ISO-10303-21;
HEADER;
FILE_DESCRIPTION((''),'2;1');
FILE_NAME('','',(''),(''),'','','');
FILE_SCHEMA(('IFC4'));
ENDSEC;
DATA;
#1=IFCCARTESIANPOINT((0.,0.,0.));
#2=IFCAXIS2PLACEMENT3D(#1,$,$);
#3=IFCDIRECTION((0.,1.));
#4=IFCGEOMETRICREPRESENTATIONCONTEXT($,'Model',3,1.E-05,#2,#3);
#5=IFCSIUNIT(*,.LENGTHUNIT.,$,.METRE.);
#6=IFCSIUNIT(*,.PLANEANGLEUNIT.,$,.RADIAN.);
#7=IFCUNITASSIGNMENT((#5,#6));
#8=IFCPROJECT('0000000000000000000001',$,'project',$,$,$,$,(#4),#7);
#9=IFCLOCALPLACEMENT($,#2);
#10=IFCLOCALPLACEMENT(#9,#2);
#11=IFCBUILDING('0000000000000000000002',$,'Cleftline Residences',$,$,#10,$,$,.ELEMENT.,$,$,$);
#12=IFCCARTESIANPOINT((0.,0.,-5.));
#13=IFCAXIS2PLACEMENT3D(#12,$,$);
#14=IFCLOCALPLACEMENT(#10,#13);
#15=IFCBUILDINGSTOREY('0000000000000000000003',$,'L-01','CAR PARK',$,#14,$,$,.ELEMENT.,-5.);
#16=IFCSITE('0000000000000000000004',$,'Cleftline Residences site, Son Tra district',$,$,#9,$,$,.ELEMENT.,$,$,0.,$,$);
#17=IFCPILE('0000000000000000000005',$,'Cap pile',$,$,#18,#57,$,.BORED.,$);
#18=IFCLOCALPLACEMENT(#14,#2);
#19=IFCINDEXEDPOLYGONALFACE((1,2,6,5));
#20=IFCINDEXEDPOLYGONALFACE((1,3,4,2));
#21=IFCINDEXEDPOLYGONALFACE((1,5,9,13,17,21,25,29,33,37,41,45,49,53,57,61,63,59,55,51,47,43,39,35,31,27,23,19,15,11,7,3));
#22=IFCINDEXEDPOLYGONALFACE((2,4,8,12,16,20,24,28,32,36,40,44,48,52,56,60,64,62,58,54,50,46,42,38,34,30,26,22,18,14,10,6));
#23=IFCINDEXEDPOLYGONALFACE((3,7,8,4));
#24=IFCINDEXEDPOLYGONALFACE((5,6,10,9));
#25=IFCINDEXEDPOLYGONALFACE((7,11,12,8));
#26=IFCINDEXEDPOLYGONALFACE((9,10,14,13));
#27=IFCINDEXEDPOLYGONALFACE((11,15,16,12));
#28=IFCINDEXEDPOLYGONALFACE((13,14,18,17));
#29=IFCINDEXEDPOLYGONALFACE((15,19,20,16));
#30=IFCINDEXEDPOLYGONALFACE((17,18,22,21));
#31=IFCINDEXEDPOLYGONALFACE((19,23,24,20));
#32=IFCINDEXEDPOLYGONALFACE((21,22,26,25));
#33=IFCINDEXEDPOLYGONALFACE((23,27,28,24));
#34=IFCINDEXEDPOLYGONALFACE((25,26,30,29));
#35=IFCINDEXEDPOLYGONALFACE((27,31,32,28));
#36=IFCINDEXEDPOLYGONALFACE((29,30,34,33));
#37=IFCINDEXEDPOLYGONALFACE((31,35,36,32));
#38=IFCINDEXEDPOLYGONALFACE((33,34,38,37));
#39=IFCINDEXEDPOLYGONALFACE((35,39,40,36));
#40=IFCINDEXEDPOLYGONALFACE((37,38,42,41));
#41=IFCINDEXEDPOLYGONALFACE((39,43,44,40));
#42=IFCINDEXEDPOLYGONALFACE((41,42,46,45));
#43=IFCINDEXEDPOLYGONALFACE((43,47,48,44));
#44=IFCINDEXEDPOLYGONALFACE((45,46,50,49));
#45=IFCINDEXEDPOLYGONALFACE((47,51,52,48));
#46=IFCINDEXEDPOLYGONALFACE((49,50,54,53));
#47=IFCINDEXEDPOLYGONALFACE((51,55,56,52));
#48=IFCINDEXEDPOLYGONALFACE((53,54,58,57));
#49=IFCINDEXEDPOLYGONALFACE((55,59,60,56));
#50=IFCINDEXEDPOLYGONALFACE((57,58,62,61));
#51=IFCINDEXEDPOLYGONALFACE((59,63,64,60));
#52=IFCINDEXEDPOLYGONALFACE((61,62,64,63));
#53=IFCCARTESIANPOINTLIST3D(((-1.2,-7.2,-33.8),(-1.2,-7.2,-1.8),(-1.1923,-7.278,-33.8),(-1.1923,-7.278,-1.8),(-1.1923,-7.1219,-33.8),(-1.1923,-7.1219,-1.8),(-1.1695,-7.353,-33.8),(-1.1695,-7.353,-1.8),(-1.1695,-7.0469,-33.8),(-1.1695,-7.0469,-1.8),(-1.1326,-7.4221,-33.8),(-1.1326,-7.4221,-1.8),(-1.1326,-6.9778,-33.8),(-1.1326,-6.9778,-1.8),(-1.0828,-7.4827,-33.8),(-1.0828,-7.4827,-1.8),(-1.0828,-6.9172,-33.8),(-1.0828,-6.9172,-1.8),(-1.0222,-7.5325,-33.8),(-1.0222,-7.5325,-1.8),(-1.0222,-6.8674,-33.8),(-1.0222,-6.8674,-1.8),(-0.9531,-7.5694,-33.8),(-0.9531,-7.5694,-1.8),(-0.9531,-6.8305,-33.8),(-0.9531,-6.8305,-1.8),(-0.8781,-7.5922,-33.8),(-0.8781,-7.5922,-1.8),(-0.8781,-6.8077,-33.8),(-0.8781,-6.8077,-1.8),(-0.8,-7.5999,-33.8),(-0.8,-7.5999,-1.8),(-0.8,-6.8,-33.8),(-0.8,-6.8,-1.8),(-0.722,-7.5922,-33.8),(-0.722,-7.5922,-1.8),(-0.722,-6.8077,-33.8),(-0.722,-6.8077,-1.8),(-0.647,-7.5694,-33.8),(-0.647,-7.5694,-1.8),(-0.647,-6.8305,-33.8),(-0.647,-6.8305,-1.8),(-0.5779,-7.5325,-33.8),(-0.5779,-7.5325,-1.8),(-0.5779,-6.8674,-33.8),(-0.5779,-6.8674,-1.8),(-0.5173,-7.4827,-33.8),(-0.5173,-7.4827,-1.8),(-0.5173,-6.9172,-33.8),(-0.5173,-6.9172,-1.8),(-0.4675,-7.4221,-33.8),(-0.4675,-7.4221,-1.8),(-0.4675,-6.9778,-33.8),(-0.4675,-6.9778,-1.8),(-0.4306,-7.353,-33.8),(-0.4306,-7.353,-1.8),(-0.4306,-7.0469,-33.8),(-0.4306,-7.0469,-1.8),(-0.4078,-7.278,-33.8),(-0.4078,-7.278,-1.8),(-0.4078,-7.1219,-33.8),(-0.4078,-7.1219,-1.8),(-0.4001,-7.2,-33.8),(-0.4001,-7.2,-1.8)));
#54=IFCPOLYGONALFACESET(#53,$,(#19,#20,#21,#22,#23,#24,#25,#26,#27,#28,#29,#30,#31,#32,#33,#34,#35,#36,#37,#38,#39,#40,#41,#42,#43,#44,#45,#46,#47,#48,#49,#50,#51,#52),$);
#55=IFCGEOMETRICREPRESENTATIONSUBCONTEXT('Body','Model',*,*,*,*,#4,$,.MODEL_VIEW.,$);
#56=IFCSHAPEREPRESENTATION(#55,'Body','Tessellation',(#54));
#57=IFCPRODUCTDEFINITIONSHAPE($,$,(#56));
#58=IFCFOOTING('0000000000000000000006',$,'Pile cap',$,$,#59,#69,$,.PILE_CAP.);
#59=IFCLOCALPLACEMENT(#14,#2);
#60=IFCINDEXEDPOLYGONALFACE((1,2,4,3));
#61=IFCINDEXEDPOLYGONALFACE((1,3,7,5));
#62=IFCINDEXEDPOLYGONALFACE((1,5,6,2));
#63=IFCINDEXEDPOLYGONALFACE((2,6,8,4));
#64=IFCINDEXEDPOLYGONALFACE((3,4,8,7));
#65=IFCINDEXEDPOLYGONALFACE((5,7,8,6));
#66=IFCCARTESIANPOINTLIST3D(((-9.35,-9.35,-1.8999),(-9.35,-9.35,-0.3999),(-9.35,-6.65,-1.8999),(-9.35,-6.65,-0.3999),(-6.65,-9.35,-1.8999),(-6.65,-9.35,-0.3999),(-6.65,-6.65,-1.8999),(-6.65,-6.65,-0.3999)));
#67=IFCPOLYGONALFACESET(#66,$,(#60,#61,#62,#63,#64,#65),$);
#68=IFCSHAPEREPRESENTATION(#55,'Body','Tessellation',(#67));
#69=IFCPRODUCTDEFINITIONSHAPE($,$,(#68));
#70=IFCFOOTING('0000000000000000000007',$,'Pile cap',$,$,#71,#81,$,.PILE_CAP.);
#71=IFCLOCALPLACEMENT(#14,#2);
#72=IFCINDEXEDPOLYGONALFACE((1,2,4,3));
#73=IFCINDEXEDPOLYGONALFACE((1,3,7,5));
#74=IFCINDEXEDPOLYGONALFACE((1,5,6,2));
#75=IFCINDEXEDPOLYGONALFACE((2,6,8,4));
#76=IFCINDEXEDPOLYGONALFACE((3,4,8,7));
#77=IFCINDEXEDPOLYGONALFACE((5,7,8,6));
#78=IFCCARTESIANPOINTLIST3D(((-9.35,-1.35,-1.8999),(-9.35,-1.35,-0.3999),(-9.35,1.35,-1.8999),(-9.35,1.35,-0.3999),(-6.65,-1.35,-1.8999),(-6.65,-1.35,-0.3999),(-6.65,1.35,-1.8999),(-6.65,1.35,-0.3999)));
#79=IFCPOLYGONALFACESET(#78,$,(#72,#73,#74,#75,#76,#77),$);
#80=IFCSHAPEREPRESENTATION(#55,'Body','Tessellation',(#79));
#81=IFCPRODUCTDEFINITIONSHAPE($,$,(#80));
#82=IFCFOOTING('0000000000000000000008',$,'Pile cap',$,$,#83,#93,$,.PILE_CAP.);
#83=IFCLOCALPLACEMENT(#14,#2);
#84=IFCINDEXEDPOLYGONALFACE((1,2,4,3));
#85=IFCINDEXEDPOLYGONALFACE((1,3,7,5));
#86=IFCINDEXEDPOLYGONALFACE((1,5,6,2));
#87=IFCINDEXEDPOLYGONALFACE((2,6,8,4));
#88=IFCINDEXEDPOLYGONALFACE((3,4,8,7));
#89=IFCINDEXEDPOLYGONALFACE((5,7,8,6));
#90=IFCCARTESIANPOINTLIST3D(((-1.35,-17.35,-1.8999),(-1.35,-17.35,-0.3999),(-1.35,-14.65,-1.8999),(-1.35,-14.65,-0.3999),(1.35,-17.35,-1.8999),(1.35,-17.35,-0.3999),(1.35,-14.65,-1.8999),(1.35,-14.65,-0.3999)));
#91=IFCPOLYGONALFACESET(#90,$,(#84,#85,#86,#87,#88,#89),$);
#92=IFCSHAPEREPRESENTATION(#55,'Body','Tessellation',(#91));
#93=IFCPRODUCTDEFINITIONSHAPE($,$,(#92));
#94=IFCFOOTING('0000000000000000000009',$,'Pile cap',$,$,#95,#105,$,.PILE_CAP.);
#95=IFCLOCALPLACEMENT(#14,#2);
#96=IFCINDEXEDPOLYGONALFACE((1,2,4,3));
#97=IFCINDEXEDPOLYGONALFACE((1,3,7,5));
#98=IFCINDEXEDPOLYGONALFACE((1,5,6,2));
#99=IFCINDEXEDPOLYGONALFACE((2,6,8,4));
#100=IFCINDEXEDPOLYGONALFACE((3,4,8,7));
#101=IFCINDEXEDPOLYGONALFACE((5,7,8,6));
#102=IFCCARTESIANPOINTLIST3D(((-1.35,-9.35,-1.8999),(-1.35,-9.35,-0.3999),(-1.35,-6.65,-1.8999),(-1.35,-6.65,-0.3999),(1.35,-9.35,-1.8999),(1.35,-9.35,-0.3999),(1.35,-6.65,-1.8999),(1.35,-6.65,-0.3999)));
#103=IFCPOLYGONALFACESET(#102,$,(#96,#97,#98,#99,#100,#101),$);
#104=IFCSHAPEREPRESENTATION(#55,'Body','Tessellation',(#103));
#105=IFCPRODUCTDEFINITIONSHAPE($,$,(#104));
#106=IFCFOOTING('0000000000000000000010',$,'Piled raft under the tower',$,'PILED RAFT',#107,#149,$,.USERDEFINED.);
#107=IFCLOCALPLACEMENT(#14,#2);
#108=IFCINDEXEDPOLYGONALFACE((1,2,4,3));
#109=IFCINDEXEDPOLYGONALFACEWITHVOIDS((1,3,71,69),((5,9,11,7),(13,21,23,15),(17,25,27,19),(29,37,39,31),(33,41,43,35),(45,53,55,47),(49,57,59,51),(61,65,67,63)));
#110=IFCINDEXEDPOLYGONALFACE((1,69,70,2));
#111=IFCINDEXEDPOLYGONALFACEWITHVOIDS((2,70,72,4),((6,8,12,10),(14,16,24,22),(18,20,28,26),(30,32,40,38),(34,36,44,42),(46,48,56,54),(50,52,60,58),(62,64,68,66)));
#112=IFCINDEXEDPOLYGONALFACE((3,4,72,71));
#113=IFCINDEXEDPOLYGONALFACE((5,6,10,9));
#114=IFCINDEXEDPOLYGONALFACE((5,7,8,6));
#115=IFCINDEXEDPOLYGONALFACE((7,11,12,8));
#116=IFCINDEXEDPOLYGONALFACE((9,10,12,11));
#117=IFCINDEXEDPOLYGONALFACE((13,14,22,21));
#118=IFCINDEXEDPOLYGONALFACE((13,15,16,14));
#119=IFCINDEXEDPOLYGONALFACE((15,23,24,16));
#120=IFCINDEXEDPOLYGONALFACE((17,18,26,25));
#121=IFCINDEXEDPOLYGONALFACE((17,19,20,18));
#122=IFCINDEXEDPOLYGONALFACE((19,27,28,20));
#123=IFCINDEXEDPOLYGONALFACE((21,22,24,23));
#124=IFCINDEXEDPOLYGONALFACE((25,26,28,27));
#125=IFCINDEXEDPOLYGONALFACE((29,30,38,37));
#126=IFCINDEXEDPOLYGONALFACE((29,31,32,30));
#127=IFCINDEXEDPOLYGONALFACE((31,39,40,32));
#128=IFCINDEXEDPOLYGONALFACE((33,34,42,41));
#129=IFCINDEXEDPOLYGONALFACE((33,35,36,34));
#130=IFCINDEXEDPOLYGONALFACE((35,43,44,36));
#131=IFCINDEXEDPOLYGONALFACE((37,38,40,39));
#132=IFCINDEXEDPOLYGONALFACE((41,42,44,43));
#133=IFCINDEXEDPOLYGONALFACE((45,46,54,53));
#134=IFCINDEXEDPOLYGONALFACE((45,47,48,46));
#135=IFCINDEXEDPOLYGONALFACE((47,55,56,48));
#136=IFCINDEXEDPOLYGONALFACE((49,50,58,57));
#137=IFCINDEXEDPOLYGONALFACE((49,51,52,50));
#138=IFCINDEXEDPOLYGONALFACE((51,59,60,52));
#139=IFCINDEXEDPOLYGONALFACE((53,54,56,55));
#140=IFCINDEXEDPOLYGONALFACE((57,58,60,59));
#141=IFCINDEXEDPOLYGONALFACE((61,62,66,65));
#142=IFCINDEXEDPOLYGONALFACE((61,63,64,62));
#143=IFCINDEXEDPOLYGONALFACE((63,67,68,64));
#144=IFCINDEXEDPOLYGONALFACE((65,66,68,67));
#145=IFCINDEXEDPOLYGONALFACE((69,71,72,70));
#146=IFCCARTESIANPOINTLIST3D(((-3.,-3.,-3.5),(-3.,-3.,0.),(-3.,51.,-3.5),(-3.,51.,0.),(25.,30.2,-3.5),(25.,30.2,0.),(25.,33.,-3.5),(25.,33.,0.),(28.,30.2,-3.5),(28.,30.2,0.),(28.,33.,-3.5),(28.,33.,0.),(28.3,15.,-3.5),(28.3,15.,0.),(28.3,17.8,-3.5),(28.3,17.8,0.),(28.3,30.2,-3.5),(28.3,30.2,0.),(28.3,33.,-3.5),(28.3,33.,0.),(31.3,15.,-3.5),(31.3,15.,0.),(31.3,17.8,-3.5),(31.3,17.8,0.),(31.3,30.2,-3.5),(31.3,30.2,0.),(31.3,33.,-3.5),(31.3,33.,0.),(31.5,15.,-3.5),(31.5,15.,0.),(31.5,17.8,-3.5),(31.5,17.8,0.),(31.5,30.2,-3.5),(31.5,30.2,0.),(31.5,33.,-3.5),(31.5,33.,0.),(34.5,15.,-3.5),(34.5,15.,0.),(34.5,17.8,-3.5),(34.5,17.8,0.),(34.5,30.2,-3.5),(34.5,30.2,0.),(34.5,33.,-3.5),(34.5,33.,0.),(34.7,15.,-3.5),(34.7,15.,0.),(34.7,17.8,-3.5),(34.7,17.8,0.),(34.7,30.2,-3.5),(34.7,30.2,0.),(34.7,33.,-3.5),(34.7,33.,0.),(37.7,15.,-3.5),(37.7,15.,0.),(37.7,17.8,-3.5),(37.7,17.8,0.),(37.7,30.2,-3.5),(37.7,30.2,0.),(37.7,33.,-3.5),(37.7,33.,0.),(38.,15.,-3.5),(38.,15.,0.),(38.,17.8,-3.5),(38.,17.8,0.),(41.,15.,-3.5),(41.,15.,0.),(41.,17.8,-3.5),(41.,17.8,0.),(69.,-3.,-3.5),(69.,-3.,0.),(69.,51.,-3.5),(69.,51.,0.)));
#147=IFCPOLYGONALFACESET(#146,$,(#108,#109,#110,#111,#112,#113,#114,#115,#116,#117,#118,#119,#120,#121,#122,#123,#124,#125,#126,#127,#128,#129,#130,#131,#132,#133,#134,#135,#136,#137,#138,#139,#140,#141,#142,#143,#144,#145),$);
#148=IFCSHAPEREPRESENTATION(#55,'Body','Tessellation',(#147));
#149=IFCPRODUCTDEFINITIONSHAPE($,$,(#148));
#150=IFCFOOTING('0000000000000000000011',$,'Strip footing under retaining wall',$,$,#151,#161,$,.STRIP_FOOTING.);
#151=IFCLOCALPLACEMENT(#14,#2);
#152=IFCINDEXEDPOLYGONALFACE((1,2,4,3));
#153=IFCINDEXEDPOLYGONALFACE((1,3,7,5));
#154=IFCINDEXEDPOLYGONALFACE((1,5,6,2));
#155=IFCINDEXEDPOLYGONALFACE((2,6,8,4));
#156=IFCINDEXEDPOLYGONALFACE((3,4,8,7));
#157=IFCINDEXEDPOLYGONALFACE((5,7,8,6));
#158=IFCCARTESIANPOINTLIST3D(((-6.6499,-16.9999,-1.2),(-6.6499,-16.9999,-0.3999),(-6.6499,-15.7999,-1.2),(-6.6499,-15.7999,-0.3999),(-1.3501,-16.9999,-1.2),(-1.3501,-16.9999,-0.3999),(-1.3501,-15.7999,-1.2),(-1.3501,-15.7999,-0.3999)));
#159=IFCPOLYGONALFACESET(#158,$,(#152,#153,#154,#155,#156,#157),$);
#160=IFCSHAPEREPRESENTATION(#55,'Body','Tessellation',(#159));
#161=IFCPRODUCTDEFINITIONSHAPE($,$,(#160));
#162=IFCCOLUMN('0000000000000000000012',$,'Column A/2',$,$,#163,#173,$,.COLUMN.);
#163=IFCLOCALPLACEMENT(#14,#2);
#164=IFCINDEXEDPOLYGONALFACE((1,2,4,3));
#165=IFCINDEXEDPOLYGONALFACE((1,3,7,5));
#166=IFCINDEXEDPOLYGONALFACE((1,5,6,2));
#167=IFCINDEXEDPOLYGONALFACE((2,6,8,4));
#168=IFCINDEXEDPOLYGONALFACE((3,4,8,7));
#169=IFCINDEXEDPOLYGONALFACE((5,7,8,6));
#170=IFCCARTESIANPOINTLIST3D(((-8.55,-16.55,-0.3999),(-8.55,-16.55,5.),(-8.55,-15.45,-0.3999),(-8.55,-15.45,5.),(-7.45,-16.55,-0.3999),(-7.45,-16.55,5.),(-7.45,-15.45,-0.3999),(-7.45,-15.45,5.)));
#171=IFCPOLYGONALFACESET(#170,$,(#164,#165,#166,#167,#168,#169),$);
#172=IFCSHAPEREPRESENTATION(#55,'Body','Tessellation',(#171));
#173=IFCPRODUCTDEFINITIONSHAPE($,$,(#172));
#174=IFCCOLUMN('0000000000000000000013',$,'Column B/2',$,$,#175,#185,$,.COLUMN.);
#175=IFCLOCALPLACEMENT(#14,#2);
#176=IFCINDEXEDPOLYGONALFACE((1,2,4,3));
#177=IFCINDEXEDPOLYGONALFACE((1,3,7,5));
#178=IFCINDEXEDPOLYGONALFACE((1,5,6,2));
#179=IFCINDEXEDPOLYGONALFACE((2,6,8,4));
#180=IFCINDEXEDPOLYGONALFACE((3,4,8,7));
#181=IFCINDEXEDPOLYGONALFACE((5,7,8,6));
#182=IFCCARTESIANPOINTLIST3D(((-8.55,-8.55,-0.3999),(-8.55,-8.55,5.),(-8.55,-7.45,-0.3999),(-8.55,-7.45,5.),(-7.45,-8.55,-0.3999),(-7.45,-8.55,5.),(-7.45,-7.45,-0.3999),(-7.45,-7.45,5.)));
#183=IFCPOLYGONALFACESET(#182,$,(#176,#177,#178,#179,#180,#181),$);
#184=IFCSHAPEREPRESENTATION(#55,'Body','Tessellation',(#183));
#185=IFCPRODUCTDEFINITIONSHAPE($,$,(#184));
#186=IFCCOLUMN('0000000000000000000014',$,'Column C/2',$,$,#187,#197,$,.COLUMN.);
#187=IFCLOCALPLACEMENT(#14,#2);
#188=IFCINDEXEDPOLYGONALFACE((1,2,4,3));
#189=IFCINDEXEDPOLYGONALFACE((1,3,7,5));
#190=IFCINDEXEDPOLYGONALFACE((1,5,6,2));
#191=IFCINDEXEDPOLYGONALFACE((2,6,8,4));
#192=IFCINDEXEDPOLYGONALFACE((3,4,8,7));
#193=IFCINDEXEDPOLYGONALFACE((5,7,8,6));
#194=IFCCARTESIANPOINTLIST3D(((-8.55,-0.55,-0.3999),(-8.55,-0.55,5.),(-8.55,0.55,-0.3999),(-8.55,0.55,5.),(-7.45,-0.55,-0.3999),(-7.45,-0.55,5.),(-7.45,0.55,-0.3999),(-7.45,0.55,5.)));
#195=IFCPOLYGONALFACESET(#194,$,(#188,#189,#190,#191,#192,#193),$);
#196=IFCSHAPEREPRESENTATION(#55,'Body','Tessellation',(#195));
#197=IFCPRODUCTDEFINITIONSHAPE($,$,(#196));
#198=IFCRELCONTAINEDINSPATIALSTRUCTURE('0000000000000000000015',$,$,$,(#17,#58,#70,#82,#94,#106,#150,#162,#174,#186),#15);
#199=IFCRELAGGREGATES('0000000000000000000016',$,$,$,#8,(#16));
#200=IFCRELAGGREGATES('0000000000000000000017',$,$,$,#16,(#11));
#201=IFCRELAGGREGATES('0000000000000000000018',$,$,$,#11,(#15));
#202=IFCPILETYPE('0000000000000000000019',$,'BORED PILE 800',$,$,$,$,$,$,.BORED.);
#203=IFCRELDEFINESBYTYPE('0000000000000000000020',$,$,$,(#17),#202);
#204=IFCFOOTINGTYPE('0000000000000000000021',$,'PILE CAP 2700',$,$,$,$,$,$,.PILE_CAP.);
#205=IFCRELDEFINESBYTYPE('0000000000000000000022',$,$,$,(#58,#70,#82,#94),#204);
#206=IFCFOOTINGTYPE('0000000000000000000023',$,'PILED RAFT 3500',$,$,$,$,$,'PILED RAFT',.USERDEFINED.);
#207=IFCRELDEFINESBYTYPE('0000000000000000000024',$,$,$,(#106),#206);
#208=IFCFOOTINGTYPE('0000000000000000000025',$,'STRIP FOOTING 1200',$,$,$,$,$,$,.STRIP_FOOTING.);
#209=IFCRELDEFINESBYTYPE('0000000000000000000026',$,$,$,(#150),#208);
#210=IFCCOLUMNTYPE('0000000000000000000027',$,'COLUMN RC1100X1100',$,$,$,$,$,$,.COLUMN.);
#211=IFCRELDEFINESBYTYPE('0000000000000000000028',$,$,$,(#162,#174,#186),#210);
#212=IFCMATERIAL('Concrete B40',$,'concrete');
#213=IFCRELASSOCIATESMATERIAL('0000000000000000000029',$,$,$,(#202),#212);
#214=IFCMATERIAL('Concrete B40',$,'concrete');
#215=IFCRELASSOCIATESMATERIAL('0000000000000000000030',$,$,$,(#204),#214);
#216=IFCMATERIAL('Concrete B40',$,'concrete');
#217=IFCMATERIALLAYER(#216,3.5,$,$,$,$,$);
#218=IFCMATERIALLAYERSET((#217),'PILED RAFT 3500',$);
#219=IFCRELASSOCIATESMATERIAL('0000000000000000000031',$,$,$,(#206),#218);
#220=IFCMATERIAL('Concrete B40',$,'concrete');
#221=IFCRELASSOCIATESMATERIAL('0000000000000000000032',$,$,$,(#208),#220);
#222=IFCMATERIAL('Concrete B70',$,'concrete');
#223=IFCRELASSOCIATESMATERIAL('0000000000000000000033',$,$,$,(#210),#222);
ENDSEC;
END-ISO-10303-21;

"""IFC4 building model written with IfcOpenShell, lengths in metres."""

from ifc_helpers import new_model, si_unit, direction, frame, frame_2d, origin, origin_2d, place, context, subcontext, project, spatial, polyline, rectangle, circle, outline, extrude, material, layer, layer_set, material_profile, profile_set, type_object, element, save


model = new_model("IFC4")

# Units and contexts
model_context = context("Model", 3, precision=1e-05, world=origin(), true_north=direction((0.0, 1.0)))
body_context = subcontext(model_context, "Body", "Model", "MODEL_VIEW")
ifc_project = project(units=[si_unit("LENGTHUNIT", "METRE"), si_unit("PLANEANGLEUNIT", "RADIAN")], contexts=[model_context])

# Site, building, storey
site_placement = place(None, origin())
site = spatial("IfcSite", under=ifc_project, at=site_placement, Name="Cleftline Residences site, Son Tra district", CompositionType="ELEMENT", RefElevation=0.0)
building_placement = place(site_placement, origin())
building = spatial("IfcBuilding", under=site, at=building_placement, Name="Cleftline Residences", CompositionType="ELEMENT")
storey_placement = place(building_placement, frame((0.0, 0.0, -5.0)))
storey = spatial("IfcBuildingStorey", under=building, at=storey_placement, Name="L-01", Description="CAR PARK", CompositionType="ELEMENT", Elevation=-5.0)

# Pile
ifc_material_1 = material(Name="Concrete B40", Category="concrete")
ifc_material_profile_1 = material_profile(ifc_material_1, circle(Radius=0.3999, at=origin_2d()))
ifc_profile_set_1 = profile_set([ifc_material_profile_1], Name="Concrete B40")
pile_type_1 = type_object("IfcPileType", Name="BORED PILE 800", PredefinedType="BORED", material=ifc_profile_set_1)
for number, where, z_axis, x_axis, name in (
    (1, (-0.8, -7.2, -1.8), (0.0, 0.0, -1.0), (1.0, 0.0, 0.0), "Cap pile"),
):
    element("IfcPile", number, at=place(storey_placement, frame(where, z_axis=z_axis, x_axis=x_axis)), inside=storey, type_object=pile_type_1, Name=name, PredefinedType="BORED", context=body_context, shape_type="SweptSolid", body=[
        extrude(circle(Radius=0.3999, at=origin_2d()), origin(), (0.0, 0.0, 1.0), 32.0),
    ])

# Footings
ifc_material_2 = material(Name="Concrete B40", Category="concrete")
footing_type_1 = type_object("IfcFootingType", Name="PILE CAP 2700", PredefinedType="PILE_CAP", material=ifc_material_2)
for number, where, z_axis, x_axis, name in (
    (2, (-8.0, -8.0, -1.8999), (0.0, 0.0, 1.0), (1.0, 0.0, 0.0), "Pile cap"),
    (3, (-8.0, 0.0, -1.8999), (0.0, 0.0, 1.0), (1.0, 0.0, 0.0), "Pile cap"),
    (4, (0.0, -16.0, -1.8999), (0.0, 0.0, 1.0), (1.0, 0.0, 0.0), "Pile cap"),
    (5, (0.0, -8.0, -1.8999), (0.0, 0.0, 1.0), (1.0, 0.0, 0.0), "Pile cap"),
):
    element("IfcFooting", number, at=place(storey_placement, frame(where, z_axis=z_axis, x_axis=x_axis)), inside=storey, type_object=footing_type_1, Name=name, PredefinedType="PILE_CAP", context=body_context, shape_type="SweptSolid", body=[
        extrude(rectangle(XDim=2.7, YDim=2.7, at=origin_2d()), origin(), (0.0, 0.0, 1.0), 1.5),
    ])
ifc_material_3 = material(Name="Concrete B40", Category="concrete")
ifc_layer_1 = layer(ifc_material_3, 3.5)
ifc_layer_set_1 = layer_set([ifc_layer_1], Name="PILED RAFT 3500")
footing_type_2 = type_object("IfcFootingType", Name="PILED RAFT 3500", ElementType="PILED RAFT", PredefinedType="USERDEFINED", material=ifc_layer_set_1)
footing_1_placement = place(storey_placement, frame((0.0, 0.0, -3.5)))
element("IfcFooting", 6, at=footing_1_placement, inside=storey, type_object=footing_type_2, Name="Piled raft under the tower", ObjectType="PILED RAFT", PredefinedType="USERDEFINED", context=body_context, shape_type="SweptSolid", body=[
    extrude(outline(polyline([(69.0, -3.0), (69.0, 51.0), (-3.0, 51.0), (-3.0, -3.0), (69.0, -3.0)]), holes=[polyline([(28.0, 30.2), (28.0, 33.0), (25.0, 33.0), (25.0, 30.2), (28.0, 30.2)]), polyline([(41.0, 15.0), (41.0, 17.8), (38.0, 17.8), (38.0, 15.0), (41.0, 15.0)]), polyline([(31.3, 15.0), (31.3, 17.8), (28.3, 17.8), (28.3, 15.0), (31.3, 15.0)]), polyline([(34.5, 15.0), (34.5, 17.8), (31.5, 17.8), (31.5, 15.0), (34.5, 15.0)]), polyline([(37.7, 15.0), (37.7, 17.8), (34.7, 17.8), (34.7, 15.0), (37.7, 15.0)]), polyline([(31.3, 30.2), (31.3, 33.0), (28.3, 33.0), (28.3, 30.2), (31.3, 30.2)]), polyline([(34.5, 30.2), (34.5, 33.0), (31.5, 33.0), (31.5, 30.2), (34.5, 30.2)]), polyline([(37.7, 30.2), (37.7, 33.0), (34.7, 33.0), (34.7, 30.2), (37.7, 30.2)])]), origin(), (0.0, 0.0, 1.0), 3.5),
])
ifc_material_4 = material(Name="Concrete B40", Category="concrete")
footing_type_3 = type_object("IfcFootingType", Name="STRIP FOOTING 1200", PredefinedType="STRIP_FOOTING", material=ifc_material_4)
footing_2_placement = place(storey_placement, frame((-6.6499, -16.3999, -1.2), z_axis=(0.0, 0.0, 1.0), x_axis=(1.0, 0.0, 0.0)))
element("IfcFooting", 7, at=footing_2_placement, inside=storey, type_object=footing_type_3, Name="Strip footing under retaining wall", PredefinedType="STRIP_FOOTING", context=body_context, shape_type="SweptSolid", body=[
    extrude(rectangle(XDim=5.2998, YDim=1.2, at=frame_2d((2.6499, 0.0))), origin(), (0.0, 0.0, 1.0), 0.8),
])

# Columns
ifc_material_5 = material(Name="Concrete B70", Category="concrete")
ifc_material_profile_2 = material_profile(ifc_material_5, rectangle(XDim=1.1001, YDim=1.1001, at=origin_2d()))
ifc_profile_set_2 = profile_set([ifc_material_profile_2], Name="Concrete B70")
column_type = type_object("IfcColumnType", Name="COLUMN RC1100X1100", PredefinedType="COLUMN", material=ifc_profile_set_2)
for number, where, z_axis, x_axis, name in (
    (8, (-8.0, -16.0, -0.3999), (0.0, 0.0, 1.0), (1.0, 0.0, 0.0), "Column A/2"),
    (9, (-8.0, -8.0, -0.3999), (0.0, 0.0, 1.0), (1.0, 0.0, 0.0), "Column B/2"),
    (10, (-8.0, 0.0, -0.3999), (0.0, 0.0, 1.0), (1.0, 0.0, 0.0), "Column C/2"),
):
    element("IfcColumn", number, at=place(storey_placement, frame(where, z_axis=z_axis, x_axis=x_axis)), inside=storey, type_object=column_type, Name=name, PredefinedType="COLUMN", context=body_context, shape_type="SweptSolid", body=[
        extrude(rectangle(XDim=1.1001, YDim=1.1001, at=origin_2d()), origin(), (0.0, 0.0, 1.0), 5.3999),
    ])

save(model, "model.ifc")
